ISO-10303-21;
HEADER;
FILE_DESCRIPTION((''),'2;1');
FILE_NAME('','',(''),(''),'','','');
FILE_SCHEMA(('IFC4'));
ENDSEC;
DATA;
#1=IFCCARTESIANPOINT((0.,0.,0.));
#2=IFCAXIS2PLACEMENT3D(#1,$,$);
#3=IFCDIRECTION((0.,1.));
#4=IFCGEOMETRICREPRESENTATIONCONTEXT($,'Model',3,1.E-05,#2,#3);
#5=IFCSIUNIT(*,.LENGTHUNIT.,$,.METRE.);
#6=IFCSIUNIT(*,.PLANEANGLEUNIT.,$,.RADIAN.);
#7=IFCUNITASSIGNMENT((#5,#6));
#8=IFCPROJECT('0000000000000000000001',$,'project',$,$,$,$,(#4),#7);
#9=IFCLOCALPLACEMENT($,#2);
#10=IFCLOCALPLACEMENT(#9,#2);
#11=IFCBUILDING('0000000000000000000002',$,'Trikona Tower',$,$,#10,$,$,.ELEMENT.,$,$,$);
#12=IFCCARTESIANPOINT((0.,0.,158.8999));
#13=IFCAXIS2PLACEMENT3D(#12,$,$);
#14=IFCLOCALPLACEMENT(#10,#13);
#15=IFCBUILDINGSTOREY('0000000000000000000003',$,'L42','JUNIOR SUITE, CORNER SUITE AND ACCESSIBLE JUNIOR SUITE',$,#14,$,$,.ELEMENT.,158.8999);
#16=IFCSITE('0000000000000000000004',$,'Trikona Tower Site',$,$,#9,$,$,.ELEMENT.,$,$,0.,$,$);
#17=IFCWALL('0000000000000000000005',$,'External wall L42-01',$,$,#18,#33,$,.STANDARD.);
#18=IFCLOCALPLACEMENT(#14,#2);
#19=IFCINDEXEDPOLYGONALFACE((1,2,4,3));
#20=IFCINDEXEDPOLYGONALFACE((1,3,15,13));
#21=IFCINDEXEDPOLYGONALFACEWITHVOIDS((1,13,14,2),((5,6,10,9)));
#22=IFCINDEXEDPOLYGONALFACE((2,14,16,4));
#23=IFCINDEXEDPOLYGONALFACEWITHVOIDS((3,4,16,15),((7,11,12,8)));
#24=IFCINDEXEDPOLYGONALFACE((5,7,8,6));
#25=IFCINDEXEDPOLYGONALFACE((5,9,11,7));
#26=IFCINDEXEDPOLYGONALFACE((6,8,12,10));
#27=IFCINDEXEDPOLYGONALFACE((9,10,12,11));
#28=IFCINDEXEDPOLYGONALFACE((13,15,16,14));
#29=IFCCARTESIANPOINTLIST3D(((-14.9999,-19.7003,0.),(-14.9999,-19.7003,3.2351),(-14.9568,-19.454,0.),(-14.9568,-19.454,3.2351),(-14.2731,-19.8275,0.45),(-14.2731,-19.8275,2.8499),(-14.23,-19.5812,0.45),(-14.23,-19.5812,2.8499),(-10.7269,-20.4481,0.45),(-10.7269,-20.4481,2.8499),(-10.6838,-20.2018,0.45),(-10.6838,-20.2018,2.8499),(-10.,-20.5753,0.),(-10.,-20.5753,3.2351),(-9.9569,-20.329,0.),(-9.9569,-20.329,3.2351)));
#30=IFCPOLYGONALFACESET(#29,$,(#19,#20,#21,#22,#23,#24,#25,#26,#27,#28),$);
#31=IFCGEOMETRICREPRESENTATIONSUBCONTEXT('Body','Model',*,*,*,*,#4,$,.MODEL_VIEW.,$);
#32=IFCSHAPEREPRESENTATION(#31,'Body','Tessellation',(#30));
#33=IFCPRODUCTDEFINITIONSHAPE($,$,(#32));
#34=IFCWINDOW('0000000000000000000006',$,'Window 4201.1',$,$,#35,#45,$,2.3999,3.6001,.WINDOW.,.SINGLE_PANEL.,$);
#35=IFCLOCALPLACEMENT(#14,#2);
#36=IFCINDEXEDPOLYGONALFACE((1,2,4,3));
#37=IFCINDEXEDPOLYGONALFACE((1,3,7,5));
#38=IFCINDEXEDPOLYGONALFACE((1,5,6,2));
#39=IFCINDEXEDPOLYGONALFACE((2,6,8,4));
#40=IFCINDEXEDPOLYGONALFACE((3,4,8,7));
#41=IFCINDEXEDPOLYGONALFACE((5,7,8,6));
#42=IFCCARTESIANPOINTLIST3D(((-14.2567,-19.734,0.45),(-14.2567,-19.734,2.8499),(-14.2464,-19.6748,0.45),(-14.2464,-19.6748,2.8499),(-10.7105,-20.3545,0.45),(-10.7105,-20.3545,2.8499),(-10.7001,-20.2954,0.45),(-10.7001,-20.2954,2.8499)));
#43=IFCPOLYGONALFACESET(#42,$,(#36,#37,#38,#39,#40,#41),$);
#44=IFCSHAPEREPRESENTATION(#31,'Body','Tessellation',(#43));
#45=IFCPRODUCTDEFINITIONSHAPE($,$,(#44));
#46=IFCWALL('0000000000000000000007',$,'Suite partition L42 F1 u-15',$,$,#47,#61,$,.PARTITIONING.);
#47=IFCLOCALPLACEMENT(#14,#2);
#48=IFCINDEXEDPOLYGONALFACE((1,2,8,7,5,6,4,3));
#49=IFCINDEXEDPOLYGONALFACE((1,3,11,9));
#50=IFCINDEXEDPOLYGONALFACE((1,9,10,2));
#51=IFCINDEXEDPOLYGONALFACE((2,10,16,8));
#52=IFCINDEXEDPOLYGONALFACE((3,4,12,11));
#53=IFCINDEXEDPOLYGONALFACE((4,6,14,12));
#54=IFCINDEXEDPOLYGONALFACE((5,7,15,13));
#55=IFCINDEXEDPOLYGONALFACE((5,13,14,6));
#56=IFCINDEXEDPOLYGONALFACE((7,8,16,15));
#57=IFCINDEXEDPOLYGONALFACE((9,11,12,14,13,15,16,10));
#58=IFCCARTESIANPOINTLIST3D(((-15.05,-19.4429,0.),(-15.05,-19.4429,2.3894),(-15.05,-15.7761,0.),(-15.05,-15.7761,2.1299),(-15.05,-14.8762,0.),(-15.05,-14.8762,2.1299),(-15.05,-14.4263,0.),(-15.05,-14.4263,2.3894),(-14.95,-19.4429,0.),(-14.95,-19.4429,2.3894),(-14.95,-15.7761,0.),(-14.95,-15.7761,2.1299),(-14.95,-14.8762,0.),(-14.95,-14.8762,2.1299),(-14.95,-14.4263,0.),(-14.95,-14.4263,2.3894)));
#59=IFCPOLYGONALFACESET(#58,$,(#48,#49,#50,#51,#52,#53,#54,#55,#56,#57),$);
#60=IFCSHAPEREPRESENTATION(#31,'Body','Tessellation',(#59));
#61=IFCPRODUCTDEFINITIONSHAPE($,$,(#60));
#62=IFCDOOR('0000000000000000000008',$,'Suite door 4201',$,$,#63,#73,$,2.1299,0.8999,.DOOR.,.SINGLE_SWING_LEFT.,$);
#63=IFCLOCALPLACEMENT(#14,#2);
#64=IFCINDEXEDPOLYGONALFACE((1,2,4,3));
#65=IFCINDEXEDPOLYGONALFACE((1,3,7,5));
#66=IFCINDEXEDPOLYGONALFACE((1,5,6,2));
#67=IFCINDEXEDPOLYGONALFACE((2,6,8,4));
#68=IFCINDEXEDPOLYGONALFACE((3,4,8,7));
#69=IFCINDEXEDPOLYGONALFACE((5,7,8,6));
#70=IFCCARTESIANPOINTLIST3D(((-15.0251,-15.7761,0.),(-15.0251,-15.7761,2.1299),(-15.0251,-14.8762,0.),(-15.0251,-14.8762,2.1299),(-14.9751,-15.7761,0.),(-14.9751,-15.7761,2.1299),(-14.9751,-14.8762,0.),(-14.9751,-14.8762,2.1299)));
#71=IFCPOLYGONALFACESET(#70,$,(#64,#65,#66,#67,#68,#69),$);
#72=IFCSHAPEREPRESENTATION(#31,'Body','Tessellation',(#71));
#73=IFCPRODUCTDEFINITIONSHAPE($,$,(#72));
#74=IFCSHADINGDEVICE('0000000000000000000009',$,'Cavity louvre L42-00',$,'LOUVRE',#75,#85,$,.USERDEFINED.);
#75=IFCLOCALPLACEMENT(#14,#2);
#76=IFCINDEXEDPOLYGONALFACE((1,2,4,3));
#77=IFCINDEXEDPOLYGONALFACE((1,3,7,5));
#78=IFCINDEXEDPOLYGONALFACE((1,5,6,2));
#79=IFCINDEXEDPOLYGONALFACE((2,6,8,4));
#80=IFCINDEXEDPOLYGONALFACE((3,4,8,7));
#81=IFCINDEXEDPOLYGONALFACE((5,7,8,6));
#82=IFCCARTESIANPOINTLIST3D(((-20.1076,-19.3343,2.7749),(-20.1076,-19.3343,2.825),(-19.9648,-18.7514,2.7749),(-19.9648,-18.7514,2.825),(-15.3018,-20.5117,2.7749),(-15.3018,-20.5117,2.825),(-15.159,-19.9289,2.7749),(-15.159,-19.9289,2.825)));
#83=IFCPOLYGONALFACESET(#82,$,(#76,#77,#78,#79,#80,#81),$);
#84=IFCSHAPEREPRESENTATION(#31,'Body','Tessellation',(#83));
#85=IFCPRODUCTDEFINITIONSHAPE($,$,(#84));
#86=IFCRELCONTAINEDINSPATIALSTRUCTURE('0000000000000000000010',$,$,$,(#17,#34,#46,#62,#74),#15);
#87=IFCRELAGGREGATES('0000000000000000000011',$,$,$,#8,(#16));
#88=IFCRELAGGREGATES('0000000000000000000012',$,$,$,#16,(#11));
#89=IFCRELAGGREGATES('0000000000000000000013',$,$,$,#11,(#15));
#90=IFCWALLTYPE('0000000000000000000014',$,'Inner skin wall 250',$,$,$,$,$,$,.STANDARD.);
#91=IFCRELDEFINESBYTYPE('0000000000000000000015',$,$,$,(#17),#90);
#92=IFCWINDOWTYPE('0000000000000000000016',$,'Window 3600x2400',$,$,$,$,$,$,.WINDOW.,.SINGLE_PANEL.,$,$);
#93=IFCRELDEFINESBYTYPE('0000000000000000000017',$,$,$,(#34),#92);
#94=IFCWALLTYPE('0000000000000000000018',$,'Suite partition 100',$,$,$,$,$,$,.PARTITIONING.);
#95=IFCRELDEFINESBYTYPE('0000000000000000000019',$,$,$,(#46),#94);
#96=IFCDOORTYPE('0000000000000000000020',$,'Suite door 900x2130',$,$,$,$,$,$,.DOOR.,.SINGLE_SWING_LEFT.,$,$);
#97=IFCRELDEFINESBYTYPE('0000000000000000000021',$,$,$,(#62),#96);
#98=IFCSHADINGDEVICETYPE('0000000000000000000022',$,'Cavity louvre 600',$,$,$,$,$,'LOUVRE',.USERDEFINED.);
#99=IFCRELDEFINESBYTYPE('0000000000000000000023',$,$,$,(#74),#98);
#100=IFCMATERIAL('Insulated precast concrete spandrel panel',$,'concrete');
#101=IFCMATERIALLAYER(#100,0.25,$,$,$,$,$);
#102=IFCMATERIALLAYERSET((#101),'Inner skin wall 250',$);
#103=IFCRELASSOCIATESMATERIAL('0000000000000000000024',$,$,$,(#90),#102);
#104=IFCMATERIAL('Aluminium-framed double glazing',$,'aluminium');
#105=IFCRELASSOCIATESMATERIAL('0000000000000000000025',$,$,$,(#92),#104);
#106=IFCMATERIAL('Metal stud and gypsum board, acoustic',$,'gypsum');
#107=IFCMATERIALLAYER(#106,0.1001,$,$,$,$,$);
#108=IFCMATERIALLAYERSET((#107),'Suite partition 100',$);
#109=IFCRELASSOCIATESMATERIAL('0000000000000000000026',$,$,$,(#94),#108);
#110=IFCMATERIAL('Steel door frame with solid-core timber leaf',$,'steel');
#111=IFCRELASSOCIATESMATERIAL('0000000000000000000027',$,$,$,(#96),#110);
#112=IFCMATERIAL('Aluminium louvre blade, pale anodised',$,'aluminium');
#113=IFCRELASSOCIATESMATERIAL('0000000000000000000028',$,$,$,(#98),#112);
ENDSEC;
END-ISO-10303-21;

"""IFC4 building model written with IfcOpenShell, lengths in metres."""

from ifc_helpers import new_model, si_unit, direction, frame, frame_2d, origin, origin_2d, place, context, subcontext, project, spatial, rectangle, extrude, material, layer, layer_set, type_object, element, fill, save


model = new_model("IFC4")

# Units and contexts
model_context = context("Model", 3, precision=1e-05, world=origin(), true_north=direction((0.0, 1.0)))
body_context = subcontext(model_context, "Body", "Model", "MODEL_VIEW")
ifc_project = project(units=[si_unit("LENGTHUNIT", "METRE"), si_unit("PLANEANGLEUNIT", "RADIAN")], contexts=[model_context])

# Site, building, storey
site_placement = place(None, origin())
site = spatial("IfcSite", under=ifc_project, at=site_placement, Name="Trikona Tower Site", CompositionType="ELEMENT", RefElevation=0.0)
building_placement = place(site_placement, origin())
building = spatial("IfcBuilding", under=site, at=building_placement, Name="Trikona Tower", CompositionType="ELEMENT")
storey_placement = place(building_placement, frame((0.0, 0.0, 158.8999)))
storey = spatial("IfcBuildingStorey", under=building, at=storey_placement, Name="L42", Description="JUNIOR SUITE, CORNER SUITE AND ACCESSIBLE JUNIOR SUITE", CompositionType="ELEMENT", Elevation=158.8999)

# Wall, opening, window
ifc_material_1 = material(Name="Insulated precast concrete spandrel panel", Category="concrete")
ifc_layer_1 = layer(ifc_material_1, 0.25)
ifc_layer_set_1 = layer_set([ifc_layer_1], Name="Inner skin wall 250")
wall_type_1 = type_object("IfcWallType", Name="Inner skin wall 250", PredefinedType="STANDARD", material=ifc_layer_set_1)
ifc_material_2 = material(Name="Aluminium-framed double glazing", Category="aluminium")
window_type = type_object("IfcWindowType", Name="Window 3600x2400", PartitioningType="SINGLE_PANEL", PredefinedType="WINDOW", material=ifc_material_2)
wall_1_placement = place(storey_placement, frame((-14.9785, -19.5771, 0.0), z_axis=(0.0, 0.0, 1.0), x_axis=(0.98503, -0.17238, 0.0)))
wall_1 = element("IfcWall", 1, at=wall_1_placement, inside=storey, type_object=wall_type_1, Name="External wall L42-01", PredefinedType="STANDARD", context=body_context, shape_type="SweptSolid", body=[
    extrude(rectangle(XDim=5.0759, YDim=0.25, at=frame_2d((2.5381, 0.0))), origin(), (0.0, 0.0, 1.0), 3.2351),
])
opening_1_placement = place(wall_1_placement, frame((0.738, 0.0, 0.45)))
opening_1 = element("IfcOpeningElement", 2, at=opening_1_placement, cuts=wall_1, PredefinedType="OPENING", context=body_context, shape_type="SweptSolid", body=[
    extrude(rectangle(XDim=3.6001, YDim=2.3999, at=frame_2d((1.8, 1.2))), frame((0.0, 0.135, 0.0), z_axis=(0.0, -1.0, 0.0), x_axis=(1.0, 0.0, 0.0)), (0.0, 0.0, 1.0), 0.27),
])
window_1_placement = place(opening_1_placement, origin())
window_1 = element("IfcWindow", 3, at=window_1_placement, inside=storey, type_object=window_type, Name="Window 4201.1", OverallHeight=2.3999, OverallWidth=3.6001, PartitioningType="SINGLE_PANEL", PredefinedType="WINDOW", context=body_context, shape_type="SweptSolid", body=[
    extrude(rectangle(XDim=3.6001, YDim=2.3999, at=frame_2d((1.8, 1.2))), frame((0.0, 0.03, 0.0), z_axis=(0.0, -1.0, 0.0), x_axis=(1.0, 0.0, 0.0)), (0.0, 0.0, 1.0), 0.0601),
])
fill(opening_1, window_1)

# Wall, opening, door
ifc_material_3 = material(Name="Metal stud and gypsum board, acoustic", Category="gypsum")
ifc_layer_2 = layer(ifc_material_3, 0.1001)
ifc_layer_set_2 = layer_set([ifc_layer_2], Name="Suite partition 100")
wall_type_2 = type_object("IfcWallType", Name="Suite partition 100", PredefinedType="PARTITIONING", material=ifc_layer_set_2)
wall_2_placement = place(storey_placement, frame((-15.0, -14.4263, 0.0), z_axis=(0.0, 0.0, 1.0), x_axis=(0.0, -1.0, 0.0)))
wall_2 = element("IfcWall", 4, at=wall_2_placement, inside=storey, type_object=wall_type_2, Name="Suite partition L42 F1 u-15", PredefinedType="PARTITIONING", context=body_context, shape_type="SweptSolid", body=[
    extrude(rectangle(XDim=5.0166, YDim=0.1001, at=frame_2d((2.5083, 0.0))), origin(), (0.0, 0.0, 1.0), 2.3894),
])
opening_2_placement = place(wall_2_placement, frame((0.45, 0.0, 0.0)))
opening_2 = element("IfcOpeningElement", 5, at=opening_2_placement, cuts=wall_2, PredefinedType="OPENING", context=body_context, shape_type="SweptSolid", body=[
    extrude(rectangle(XDim=0.8999, YDim=2.1299, at=frame_2d((0.45, 1.0649))), frame((0.0, 0.0601, 0.0), z_axis=(0.0, -1.0, 0.0), x_axis=(1.0, 0.0, 0.0)), (0.0, 0.0, 1.0), 0.1201),
])
ifc_material_4 = material(Name="Steel door frame with solid-core timber leaf", Category="steel")
door_type = type_object("IfcDoorType", Name="Suite door 900x2130", OperationType="SINGLE_SWING_LEFT", PredefinedType="DOOR", material=ifc_material_4)
door_placement = place(opening_2_placement, origin())
door = element("IfcDoor", 6, at=door_placement, inside=storey, type_object=door_type, Name="Suite door 4201", OperationType="SINGLE_SWING_LEFT", OverallHeight=2.1299, OverallWidth=0.8999, PredefinedType="DOOR", context=body_context, shape_type="SweptSolid", body=[
    extrude(rectangle(XDim=0.8999, YDim=2.1299, at=frame_2d((0.45, 1.0649))), frame((0.0, 0.0249, 0.0), z_axis=(0.0, -1.0, 0.0), x_axis=(1.0, 0.0, 0.0)), (0.0, 0.0, 1.0), 0.05),
])
fill(opening_2, door)

# Shading device
ifc_material_5 = material(Name="Aluminium louvre blade, pale anodised", Category="aluminium")
shading_device_type = type_object("IfcShadingDeviceType", Name="Cavity louvre 600", ElementType="LOUVRE", PredefinedType="USERDEFINED", material=ifc_material_5)
shading_device_placement = place(storey_placement, frame((-17.6333, -19.6316, 2.7749), z_axis=(0.0, 0.0, 1.0), x_axis=(0.971274, -0.237962, 0.0)))
element("IfcShadingDevice", 7, at=shading_device_placement, inside=storey, type_object=shading_device_type, Name="Cavity louvre L42-00", ObjectType="LOUVRE", PredefinedType="USERDEFINED", context=body_context, shape_type="SweptSolid", body=[
    extrude(rectangle(XDim=4.948, YDim=0.6001, at=origin_2d()), origin(), (0.0, 0.0, 1.0), 0.05),
])

save(model, "model.ifc")
